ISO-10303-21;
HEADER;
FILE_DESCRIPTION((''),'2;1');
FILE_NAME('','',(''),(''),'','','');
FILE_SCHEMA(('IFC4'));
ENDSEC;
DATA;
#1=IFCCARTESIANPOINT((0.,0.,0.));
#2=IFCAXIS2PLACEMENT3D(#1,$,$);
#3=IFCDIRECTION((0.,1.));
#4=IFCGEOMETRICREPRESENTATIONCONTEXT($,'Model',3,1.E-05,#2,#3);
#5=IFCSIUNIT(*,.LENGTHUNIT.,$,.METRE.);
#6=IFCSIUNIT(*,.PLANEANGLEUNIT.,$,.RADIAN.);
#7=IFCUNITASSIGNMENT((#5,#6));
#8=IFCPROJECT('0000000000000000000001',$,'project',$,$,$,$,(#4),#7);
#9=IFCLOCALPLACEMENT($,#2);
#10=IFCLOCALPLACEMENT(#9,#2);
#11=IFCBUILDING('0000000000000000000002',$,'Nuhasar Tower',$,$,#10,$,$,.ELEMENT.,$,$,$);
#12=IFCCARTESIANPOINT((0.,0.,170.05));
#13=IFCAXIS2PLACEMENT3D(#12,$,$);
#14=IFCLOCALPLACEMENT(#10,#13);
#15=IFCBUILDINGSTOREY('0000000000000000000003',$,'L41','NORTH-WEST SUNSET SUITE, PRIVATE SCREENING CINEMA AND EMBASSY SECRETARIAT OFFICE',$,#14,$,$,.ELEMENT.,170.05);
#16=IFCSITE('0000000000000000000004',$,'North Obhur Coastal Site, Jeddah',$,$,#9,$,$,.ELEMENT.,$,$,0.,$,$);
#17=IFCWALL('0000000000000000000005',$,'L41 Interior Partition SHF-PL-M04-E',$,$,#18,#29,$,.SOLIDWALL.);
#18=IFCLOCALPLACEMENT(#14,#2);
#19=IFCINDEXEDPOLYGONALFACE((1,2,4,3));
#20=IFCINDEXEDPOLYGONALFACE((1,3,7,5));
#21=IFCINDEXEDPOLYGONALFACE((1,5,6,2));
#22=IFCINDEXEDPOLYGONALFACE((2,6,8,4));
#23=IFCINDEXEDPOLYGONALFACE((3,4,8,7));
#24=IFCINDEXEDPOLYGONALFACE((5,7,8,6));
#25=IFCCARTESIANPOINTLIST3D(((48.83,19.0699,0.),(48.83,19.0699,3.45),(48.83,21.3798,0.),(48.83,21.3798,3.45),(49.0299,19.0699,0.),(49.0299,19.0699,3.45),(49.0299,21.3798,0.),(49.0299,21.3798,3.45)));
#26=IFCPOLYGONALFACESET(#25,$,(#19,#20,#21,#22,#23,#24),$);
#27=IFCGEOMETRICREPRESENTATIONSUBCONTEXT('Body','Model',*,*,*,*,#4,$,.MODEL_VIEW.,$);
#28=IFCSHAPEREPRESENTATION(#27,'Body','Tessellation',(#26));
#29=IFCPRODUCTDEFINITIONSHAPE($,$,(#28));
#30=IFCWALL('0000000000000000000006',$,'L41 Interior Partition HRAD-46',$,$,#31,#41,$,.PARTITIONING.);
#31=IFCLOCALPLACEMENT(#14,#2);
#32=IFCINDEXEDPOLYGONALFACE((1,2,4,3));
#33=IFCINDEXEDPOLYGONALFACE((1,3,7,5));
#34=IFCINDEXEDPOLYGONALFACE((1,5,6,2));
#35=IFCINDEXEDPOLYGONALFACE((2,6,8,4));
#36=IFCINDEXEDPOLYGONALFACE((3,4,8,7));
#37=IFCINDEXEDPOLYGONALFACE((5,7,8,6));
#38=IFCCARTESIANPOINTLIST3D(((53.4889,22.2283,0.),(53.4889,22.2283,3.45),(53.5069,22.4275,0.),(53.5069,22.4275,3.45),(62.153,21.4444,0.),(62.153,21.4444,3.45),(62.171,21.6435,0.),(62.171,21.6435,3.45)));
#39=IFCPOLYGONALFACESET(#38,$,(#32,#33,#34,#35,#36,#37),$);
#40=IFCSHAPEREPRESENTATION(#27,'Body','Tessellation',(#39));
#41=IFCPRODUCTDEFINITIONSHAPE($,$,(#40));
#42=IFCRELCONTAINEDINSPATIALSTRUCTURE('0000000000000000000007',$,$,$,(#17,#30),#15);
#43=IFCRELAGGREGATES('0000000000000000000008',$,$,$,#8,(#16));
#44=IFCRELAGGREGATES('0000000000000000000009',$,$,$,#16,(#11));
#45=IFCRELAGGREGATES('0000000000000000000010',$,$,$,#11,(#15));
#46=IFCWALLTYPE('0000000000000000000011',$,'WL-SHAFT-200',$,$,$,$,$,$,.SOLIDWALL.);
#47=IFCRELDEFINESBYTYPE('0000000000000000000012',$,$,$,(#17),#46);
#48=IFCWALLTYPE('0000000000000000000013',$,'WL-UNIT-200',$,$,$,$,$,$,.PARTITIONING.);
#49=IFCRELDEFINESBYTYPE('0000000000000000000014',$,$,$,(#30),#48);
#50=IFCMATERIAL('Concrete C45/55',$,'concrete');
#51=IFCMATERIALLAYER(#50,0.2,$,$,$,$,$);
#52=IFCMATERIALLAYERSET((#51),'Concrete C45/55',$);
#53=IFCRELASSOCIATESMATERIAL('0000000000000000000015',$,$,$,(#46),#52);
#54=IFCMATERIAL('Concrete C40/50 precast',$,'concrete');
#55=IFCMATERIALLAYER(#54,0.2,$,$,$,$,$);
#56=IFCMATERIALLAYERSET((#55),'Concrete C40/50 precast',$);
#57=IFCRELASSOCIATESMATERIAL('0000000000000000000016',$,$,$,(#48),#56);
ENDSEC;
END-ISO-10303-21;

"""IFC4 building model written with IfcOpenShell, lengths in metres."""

from ifc_helpers import new_model, si_unit, direction, frame, frame_2d, origin, place, context, subcontext, project, spatial, rectangle, extrude, material, layer, layer_set, type_object, element, save


model = new_model("IFC4")

# Units and contexts
model_context = context("Model", 3, precision=1e-05, world=origin(), true_north=direction((0.0, 1.0)))
body_context = subcontext(model_context, "Body", "Model", "MODEL_VIEW")
ifc_project = project(units=[si_unit("LENGTHUNIT", "METRE"), si_unit("PLANEANGLEUNIT", "RADIAN")], contexts=[model_context])

# Site, building, storey
site_placement = place(None, origin())
site = spatial("IfcSite", under=ifc_project, at=site_placement, Name="North Obhur Coastal Site, Jeddah", CompositionType="ELEMENT", RefElevation=0.0)
building_placement = place(site_placement, origin())
building = spatial("IfcBuilding", under=site, at=building_placement, Name="Nuhasar Tower", CompositionType="ELEMENT")
storey_placement = place(building_placement, frame((0.0, 0.0, 170.05)))
storey = spatial("IfcBuildingStorey", under=building, at=storey_placement, Name="L41", Description="NORTH-WEST SUNSET SUITE, PRIVATE SCREENING CINEMA AND EMBASSY SECRETARIAT OFFICE", CompositionType="ELEMENT", Elevation=170.05)

# Shared definitions
ifc_material_1 = material(Name="Concrete C45/55", Category="concrete")

# Shared definitions
ifc_layer_1 = layer(ifc_material_1, 0.2)
ifc_layer_set_1 = layer_set([ifc_layer_1], Name="Concrete C45/55")
wall_type_1 = type_object("IfcWallType", Name="WL-SHAFT-200", PredefinedType="SOLIDWALL", material=ifc_layer_set_1)

# Walls
wall_1_placement = place(storey_placement, frame((48.9299, 19.0701, 0.0), z_axis=(0.0, 0.0, 1.0), x_axis=(0.0, 1.0, 0.0)))
element("IfcWall", 1, at=wall_1_placement, inside=storey, type_object=wall_type_1, Name="L41 Interior Partition SHF-PL-M04-E", PredefinedType="SOLIDWALL", context=body_context, shape_type="SweptSolid", body=[
    extrude(rectangle(XDim=2.3098, YDim=0.2, at=frame_2d((1.1548, 0.0))), origin(), (0.0, 0.0, 1.0), 3.45),
])
ifc_material_2 = material(Name="Concrete C40/50 precast", Category="concrete")
ifc_layer_2 = layer(ifc_material_2, 0.2)
ifc_layer_set_2 = layer_set([ifc_layer_2], Name="Concrete C40/50 precast")
wall_type_2 = type_object("IfcWallType", Name="WL-UNIT-200", PredefinedType="PARTITIONING", material=ifc_layer_set_2)
wall_2_placement = place(storey_placement, frame((53.498, 22.3279, 0.0), z_axis=(0.0, 0.0, 1.0), x_axis=(0.995932, -0.090113, 0.0)))
element("IfcWall", 2, at=wall_2_placement, inside=storey, type_object=wall_type_2, Name="L41 Interior Partition HRAD-46", PredefinedType="PARTITIONING", context=body_context, shape_type="SweptSolid", body=[
    extrude(rectangle(XDim=8.6995, YDim=0.2, at=frame_2d((4.3496, 0.0))), origin(), (0.0, 0.0, 1.0), 3.45),
])

save(model, "model.ifc")
